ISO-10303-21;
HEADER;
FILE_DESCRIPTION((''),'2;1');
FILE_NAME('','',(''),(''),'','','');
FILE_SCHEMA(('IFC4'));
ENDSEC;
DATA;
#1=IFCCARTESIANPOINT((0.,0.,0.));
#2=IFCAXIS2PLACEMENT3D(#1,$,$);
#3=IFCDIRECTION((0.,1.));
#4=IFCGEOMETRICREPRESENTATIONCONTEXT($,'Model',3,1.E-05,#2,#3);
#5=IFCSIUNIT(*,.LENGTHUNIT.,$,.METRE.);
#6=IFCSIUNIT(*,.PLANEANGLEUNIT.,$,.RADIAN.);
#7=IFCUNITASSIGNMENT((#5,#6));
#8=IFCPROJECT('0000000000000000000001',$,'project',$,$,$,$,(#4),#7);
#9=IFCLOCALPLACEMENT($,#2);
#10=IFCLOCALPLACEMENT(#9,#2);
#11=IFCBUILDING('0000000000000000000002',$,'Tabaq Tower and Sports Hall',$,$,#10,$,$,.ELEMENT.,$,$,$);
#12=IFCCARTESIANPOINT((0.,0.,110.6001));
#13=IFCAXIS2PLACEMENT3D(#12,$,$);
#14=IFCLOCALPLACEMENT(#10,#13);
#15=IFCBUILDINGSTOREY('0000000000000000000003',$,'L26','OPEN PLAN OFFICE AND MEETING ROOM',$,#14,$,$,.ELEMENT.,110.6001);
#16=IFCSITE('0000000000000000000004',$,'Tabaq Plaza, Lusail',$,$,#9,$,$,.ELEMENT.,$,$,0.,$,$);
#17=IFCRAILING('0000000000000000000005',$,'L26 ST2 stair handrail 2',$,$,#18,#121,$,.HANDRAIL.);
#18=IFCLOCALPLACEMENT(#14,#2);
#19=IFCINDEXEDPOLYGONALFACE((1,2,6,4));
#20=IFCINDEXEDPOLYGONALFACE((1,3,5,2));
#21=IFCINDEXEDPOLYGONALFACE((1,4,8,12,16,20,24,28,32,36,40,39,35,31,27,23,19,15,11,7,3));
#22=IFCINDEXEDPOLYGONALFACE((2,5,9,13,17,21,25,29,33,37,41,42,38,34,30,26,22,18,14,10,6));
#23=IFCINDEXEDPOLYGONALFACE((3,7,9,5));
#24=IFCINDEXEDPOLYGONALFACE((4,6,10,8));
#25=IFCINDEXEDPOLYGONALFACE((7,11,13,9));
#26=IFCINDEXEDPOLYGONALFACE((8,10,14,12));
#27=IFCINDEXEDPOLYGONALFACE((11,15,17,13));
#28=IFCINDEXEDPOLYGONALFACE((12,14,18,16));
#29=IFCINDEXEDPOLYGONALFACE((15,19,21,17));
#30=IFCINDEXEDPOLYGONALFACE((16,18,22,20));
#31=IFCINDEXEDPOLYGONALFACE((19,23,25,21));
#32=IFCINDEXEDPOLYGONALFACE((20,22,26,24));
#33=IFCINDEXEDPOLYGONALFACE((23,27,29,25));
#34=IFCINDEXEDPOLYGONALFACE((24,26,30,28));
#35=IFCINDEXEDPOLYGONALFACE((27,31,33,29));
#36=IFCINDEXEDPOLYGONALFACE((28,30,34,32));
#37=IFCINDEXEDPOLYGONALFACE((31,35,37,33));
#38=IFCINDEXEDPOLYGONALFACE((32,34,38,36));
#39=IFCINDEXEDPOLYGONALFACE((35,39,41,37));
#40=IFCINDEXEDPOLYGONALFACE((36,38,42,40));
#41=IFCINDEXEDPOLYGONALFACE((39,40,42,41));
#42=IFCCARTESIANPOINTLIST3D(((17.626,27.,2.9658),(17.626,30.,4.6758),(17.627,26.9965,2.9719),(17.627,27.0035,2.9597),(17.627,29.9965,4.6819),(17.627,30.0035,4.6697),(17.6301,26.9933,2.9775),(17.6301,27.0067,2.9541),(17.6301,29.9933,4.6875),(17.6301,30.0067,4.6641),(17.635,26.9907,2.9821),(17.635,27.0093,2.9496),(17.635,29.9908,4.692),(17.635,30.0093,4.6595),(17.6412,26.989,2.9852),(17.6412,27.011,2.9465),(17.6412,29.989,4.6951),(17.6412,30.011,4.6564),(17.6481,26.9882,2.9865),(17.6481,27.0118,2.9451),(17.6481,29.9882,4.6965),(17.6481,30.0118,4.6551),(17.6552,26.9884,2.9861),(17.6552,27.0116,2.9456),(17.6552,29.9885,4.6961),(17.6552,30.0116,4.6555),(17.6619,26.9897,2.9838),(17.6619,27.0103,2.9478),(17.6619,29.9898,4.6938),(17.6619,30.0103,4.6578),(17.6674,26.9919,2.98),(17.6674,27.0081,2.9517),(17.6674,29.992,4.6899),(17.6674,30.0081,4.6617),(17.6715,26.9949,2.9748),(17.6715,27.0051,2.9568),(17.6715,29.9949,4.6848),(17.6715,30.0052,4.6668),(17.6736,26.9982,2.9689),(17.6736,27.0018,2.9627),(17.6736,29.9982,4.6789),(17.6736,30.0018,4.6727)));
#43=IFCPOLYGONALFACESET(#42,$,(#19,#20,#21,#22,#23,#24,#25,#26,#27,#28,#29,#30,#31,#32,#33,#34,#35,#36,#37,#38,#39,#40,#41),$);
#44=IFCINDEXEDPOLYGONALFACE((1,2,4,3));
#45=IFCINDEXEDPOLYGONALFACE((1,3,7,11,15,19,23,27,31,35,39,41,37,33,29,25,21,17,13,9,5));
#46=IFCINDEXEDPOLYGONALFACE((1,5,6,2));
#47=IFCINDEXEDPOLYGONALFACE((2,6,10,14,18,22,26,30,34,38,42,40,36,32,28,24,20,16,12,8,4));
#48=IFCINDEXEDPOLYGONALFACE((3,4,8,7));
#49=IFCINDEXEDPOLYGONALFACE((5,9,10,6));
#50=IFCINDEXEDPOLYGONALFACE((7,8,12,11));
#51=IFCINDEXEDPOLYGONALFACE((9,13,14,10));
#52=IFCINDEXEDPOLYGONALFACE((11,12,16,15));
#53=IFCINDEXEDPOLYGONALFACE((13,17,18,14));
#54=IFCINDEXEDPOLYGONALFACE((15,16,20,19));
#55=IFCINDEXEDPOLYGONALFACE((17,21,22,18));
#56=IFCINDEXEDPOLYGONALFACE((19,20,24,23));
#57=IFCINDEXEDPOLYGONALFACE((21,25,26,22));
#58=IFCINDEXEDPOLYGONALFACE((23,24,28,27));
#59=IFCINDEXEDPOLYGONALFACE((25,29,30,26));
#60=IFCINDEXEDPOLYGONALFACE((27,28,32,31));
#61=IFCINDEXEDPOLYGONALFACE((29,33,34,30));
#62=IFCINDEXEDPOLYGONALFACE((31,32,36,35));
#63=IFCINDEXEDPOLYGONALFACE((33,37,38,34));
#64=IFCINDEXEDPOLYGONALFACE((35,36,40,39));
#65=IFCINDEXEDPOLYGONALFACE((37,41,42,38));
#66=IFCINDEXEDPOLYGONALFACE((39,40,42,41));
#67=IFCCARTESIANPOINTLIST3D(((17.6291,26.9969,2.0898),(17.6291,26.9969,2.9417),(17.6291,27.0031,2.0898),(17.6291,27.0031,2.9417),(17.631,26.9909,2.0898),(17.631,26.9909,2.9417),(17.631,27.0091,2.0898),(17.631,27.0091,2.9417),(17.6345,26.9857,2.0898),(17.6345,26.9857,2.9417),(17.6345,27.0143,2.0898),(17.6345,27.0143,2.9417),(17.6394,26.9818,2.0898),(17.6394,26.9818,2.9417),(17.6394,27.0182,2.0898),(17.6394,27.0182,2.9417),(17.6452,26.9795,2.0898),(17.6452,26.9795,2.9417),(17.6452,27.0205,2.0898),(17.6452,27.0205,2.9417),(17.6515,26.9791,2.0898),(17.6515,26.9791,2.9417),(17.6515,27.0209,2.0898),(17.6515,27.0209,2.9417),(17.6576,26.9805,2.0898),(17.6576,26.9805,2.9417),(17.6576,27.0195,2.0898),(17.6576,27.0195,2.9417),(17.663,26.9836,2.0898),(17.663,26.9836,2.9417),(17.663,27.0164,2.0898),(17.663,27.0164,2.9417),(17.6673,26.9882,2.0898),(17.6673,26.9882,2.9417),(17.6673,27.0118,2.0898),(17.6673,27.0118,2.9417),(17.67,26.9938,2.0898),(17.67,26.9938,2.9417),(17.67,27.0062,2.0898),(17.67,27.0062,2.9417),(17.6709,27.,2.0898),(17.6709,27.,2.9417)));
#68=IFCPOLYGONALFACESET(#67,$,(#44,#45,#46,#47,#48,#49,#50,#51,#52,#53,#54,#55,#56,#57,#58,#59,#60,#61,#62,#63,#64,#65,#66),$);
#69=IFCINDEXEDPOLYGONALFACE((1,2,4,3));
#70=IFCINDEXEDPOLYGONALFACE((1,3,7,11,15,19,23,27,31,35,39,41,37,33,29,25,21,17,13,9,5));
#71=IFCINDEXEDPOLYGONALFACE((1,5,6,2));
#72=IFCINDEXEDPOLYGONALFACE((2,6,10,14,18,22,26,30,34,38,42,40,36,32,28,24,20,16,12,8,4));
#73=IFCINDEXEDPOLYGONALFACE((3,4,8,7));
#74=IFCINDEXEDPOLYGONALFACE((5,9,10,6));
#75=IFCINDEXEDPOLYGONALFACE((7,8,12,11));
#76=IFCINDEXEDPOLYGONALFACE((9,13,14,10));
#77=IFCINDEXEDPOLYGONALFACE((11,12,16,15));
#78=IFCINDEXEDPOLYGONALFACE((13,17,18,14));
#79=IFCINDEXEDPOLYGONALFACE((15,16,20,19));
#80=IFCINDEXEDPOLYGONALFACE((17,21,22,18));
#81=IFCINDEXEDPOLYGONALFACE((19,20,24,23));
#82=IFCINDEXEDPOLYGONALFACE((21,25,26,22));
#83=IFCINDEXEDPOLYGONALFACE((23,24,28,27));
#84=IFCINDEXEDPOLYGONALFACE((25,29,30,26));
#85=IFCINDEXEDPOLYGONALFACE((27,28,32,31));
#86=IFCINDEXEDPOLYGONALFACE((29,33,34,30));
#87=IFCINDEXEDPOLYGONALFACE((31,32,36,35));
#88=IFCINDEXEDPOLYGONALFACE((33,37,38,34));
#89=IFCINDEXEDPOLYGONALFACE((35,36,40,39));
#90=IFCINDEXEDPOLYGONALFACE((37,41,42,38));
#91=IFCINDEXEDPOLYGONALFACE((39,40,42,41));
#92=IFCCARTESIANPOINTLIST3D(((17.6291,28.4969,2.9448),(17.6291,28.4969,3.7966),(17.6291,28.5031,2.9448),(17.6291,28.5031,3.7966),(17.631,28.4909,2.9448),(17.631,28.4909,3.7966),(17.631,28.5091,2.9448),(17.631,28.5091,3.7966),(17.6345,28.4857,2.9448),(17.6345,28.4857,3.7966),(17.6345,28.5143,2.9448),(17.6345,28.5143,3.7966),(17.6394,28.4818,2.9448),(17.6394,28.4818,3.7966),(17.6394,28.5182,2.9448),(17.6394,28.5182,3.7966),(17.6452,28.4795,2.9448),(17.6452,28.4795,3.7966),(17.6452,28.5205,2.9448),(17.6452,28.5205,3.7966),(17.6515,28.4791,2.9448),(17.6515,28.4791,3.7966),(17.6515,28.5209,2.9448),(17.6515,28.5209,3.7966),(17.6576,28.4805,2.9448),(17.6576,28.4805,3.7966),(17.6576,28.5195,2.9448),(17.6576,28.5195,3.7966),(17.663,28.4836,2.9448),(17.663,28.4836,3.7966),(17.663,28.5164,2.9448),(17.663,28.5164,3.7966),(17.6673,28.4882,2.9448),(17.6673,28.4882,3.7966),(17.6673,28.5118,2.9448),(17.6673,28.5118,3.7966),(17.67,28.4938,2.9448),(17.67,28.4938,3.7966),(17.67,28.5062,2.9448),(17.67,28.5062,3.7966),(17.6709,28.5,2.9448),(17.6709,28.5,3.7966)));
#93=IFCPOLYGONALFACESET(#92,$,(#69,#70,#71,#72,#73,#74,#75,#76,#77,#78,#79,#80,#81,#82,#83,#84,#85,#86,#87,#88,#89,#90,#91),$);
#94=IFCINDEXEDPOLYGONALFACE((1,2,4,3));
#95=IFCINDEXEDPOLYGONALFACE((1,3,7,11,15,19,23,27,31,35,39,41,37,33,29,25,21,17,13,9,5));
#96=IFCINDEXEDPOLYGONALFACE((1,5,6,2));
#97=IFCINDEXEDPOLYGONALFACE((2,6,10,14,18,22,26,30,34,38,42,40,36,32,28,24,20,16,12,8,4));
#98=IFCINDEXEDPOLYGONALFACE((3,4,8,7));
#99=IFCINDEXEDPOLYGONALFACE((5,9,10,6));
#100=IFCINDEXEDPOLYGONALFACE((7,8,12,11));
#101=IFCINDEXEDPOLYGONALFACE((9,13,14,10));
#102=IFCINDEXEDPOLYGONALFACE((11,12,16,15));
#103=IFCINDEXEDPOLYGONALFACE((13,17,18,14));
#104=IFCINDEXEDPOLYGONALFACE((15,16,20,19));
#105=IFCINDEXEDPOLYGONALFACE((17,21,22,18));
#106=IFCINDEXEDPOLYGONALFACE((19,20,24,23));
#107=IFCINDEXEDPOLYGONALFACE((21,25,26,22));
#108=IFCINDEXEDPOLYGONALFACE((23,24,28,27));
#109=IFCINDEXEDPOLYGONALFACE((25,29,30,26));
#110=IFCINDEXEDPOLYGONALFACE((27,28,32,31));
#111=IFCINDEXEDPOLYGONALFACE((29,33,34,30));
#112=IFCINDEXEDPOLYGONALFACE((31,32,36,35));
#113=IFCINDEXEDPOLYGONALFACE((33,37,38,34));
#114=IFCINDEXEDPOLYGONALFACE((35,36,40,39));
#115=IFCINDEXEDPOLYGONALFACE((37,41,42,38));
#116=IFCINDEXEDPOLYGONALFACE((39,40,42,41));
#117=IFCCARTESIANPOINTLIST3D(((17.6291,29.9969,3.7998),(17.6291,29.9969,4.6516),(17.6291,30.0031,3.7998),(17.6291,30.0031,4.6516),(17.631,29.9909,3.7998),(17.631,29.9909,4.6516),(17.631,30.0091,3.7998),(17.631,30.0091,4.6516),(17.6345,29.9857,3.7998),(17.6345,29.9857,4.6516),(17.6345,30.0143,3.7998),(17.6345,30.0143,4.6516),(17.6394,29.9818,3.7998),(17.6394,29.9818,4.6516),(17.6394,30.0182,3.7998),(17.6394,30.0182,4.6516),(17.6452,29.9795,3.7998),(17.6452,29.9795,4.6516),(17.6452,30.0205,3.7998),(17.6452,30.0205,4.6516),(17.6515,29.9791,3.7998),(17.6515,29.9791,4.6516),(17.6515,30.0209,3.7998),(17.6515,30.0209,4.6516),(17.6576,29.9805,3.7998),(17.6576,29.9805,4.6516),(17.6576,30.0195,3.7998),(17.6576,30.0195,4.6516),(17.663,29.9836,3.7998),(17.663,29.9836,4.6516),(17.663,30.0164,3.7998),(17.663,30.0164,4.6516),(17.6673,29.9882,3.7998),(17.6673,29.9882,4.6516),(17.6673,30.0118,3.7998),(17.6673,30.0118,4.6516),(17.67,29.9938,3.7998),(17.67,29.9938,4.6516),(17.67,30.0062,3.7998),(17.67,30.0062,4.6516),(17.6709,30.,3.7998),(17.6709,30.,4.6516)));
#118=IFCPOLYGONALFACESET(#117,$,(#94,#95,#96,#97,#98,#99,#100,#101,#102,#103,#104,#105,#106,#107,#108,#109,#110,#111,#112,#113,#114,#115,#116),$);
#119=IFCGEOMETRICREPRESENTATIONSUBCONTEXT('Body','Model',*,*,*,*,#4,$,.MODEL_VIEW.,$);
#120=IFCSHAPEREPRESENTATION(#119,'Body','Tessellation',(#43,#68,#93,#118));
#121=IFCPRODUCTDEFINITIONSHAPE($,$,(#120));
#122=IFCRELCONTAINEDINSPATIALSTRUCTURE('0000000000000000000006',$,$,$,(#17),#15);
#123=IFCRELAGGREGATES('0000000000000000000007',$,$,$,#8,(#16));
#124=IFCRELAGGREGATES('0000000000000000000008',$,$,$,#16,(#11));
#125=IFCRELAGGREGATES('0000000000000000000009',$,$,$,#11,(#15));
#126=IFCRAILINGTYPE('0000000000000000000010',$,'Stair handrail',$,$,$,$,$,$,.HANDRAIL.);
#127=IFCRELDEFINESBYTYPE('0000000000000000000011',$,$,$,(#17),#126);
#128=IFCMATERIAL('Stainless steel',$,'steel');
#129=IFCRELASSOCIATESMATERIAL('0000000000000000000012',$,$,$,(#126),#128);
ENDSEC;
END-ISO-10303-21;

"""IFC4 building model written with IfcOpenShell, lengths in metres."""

from ifc_helpers import new_model, si_unit, direction, frame, origin, origin_2d, place, context, subcontext, project, spatial, circle, extrude, material, type_object, element, save


model = new_model("IFC4")

# Units and contexts
model_context = context("Model", 3, precision=1e-05, world=origin(), true_north=direction((0.0, 1.0)))
body_context = subcontext(model_context, "Body", "Model", "MODEL_VIEW")
ifc_project = project(units=[si_unit("LENGTHUNIT", "METRE"), si_unit("PLANEANGLEUNIT", "RADIAN")], contexts=[model_context])

# Site, building, storey
site_placement = place(None, origin())
site = spatial("IfcSite", under=ifc_project, at=site_placement, Name="Tabaq Plaza, Lusail", CompositionType="ELEMENT", RefElevation=0.0)
building_placement = place(site_placement, origin())
building = spatial("IfcBuilding", under=site, at=building_placement, Name="Tabaq Tower and Sports Hall", CompositionType="ELEMENT")
storey_placement = place(building_placement, frame((0.0, 0.0, 110.6001)))
storey = spatial("IfcBuildingStorey", under=building, at=storey_placement, Name="L26", Description="OPEN PLAN OFFICE AND MEETING ROOM", CompositionType="ELEMENT", Elevation=110.6001)

# Railing
ifc_material_1 = material(Name="Stainless steel", Category="steel")
railing_type_1 = type_object("IfcRailingType", Name="Stair handrail", PredefinedType="HANDRAIL", material=ifc_material_1)
railing_1_placement = place(storey_placement, frame((17.6499, 27.0, 2.0898)))
element("IfcRailing", 1, at=railing_1_placement, inside=storey, type_object=railing_type_1, Name="L26 ST2 stair handrail 2", PredefinedType="HANDRAIL", context=body_context, shape_type="SweptSolid", body=[
    extrude(circle(Radius=0.0239, at=origin_2d()), frame((0.0, 0.0, 0.876), z_axis=(0.0, 0.868782, 0.495195), x_axis=(-1.0, 0.0, 0.0)), (0.0, 0.0, 1.0), 3.4531),
    extrude(circle(Radius=0.021, at=origin_2d()), origin(), (0.0, 0.0, 1.0), 0.8518),
    extrude(circle(Radius=0.021, at=origin_2d()), frame((0.0, 1.5, 0.855)), (0.0, 0.0, 1.0), 0.8518),
    extrude(circle(Radius=0.021, at=origin_2d()), frame((0.0, 3.0, 1.71)), (0.0, 0.0, 1.0), 0.8518),
])

save(model, "model.ifc")
